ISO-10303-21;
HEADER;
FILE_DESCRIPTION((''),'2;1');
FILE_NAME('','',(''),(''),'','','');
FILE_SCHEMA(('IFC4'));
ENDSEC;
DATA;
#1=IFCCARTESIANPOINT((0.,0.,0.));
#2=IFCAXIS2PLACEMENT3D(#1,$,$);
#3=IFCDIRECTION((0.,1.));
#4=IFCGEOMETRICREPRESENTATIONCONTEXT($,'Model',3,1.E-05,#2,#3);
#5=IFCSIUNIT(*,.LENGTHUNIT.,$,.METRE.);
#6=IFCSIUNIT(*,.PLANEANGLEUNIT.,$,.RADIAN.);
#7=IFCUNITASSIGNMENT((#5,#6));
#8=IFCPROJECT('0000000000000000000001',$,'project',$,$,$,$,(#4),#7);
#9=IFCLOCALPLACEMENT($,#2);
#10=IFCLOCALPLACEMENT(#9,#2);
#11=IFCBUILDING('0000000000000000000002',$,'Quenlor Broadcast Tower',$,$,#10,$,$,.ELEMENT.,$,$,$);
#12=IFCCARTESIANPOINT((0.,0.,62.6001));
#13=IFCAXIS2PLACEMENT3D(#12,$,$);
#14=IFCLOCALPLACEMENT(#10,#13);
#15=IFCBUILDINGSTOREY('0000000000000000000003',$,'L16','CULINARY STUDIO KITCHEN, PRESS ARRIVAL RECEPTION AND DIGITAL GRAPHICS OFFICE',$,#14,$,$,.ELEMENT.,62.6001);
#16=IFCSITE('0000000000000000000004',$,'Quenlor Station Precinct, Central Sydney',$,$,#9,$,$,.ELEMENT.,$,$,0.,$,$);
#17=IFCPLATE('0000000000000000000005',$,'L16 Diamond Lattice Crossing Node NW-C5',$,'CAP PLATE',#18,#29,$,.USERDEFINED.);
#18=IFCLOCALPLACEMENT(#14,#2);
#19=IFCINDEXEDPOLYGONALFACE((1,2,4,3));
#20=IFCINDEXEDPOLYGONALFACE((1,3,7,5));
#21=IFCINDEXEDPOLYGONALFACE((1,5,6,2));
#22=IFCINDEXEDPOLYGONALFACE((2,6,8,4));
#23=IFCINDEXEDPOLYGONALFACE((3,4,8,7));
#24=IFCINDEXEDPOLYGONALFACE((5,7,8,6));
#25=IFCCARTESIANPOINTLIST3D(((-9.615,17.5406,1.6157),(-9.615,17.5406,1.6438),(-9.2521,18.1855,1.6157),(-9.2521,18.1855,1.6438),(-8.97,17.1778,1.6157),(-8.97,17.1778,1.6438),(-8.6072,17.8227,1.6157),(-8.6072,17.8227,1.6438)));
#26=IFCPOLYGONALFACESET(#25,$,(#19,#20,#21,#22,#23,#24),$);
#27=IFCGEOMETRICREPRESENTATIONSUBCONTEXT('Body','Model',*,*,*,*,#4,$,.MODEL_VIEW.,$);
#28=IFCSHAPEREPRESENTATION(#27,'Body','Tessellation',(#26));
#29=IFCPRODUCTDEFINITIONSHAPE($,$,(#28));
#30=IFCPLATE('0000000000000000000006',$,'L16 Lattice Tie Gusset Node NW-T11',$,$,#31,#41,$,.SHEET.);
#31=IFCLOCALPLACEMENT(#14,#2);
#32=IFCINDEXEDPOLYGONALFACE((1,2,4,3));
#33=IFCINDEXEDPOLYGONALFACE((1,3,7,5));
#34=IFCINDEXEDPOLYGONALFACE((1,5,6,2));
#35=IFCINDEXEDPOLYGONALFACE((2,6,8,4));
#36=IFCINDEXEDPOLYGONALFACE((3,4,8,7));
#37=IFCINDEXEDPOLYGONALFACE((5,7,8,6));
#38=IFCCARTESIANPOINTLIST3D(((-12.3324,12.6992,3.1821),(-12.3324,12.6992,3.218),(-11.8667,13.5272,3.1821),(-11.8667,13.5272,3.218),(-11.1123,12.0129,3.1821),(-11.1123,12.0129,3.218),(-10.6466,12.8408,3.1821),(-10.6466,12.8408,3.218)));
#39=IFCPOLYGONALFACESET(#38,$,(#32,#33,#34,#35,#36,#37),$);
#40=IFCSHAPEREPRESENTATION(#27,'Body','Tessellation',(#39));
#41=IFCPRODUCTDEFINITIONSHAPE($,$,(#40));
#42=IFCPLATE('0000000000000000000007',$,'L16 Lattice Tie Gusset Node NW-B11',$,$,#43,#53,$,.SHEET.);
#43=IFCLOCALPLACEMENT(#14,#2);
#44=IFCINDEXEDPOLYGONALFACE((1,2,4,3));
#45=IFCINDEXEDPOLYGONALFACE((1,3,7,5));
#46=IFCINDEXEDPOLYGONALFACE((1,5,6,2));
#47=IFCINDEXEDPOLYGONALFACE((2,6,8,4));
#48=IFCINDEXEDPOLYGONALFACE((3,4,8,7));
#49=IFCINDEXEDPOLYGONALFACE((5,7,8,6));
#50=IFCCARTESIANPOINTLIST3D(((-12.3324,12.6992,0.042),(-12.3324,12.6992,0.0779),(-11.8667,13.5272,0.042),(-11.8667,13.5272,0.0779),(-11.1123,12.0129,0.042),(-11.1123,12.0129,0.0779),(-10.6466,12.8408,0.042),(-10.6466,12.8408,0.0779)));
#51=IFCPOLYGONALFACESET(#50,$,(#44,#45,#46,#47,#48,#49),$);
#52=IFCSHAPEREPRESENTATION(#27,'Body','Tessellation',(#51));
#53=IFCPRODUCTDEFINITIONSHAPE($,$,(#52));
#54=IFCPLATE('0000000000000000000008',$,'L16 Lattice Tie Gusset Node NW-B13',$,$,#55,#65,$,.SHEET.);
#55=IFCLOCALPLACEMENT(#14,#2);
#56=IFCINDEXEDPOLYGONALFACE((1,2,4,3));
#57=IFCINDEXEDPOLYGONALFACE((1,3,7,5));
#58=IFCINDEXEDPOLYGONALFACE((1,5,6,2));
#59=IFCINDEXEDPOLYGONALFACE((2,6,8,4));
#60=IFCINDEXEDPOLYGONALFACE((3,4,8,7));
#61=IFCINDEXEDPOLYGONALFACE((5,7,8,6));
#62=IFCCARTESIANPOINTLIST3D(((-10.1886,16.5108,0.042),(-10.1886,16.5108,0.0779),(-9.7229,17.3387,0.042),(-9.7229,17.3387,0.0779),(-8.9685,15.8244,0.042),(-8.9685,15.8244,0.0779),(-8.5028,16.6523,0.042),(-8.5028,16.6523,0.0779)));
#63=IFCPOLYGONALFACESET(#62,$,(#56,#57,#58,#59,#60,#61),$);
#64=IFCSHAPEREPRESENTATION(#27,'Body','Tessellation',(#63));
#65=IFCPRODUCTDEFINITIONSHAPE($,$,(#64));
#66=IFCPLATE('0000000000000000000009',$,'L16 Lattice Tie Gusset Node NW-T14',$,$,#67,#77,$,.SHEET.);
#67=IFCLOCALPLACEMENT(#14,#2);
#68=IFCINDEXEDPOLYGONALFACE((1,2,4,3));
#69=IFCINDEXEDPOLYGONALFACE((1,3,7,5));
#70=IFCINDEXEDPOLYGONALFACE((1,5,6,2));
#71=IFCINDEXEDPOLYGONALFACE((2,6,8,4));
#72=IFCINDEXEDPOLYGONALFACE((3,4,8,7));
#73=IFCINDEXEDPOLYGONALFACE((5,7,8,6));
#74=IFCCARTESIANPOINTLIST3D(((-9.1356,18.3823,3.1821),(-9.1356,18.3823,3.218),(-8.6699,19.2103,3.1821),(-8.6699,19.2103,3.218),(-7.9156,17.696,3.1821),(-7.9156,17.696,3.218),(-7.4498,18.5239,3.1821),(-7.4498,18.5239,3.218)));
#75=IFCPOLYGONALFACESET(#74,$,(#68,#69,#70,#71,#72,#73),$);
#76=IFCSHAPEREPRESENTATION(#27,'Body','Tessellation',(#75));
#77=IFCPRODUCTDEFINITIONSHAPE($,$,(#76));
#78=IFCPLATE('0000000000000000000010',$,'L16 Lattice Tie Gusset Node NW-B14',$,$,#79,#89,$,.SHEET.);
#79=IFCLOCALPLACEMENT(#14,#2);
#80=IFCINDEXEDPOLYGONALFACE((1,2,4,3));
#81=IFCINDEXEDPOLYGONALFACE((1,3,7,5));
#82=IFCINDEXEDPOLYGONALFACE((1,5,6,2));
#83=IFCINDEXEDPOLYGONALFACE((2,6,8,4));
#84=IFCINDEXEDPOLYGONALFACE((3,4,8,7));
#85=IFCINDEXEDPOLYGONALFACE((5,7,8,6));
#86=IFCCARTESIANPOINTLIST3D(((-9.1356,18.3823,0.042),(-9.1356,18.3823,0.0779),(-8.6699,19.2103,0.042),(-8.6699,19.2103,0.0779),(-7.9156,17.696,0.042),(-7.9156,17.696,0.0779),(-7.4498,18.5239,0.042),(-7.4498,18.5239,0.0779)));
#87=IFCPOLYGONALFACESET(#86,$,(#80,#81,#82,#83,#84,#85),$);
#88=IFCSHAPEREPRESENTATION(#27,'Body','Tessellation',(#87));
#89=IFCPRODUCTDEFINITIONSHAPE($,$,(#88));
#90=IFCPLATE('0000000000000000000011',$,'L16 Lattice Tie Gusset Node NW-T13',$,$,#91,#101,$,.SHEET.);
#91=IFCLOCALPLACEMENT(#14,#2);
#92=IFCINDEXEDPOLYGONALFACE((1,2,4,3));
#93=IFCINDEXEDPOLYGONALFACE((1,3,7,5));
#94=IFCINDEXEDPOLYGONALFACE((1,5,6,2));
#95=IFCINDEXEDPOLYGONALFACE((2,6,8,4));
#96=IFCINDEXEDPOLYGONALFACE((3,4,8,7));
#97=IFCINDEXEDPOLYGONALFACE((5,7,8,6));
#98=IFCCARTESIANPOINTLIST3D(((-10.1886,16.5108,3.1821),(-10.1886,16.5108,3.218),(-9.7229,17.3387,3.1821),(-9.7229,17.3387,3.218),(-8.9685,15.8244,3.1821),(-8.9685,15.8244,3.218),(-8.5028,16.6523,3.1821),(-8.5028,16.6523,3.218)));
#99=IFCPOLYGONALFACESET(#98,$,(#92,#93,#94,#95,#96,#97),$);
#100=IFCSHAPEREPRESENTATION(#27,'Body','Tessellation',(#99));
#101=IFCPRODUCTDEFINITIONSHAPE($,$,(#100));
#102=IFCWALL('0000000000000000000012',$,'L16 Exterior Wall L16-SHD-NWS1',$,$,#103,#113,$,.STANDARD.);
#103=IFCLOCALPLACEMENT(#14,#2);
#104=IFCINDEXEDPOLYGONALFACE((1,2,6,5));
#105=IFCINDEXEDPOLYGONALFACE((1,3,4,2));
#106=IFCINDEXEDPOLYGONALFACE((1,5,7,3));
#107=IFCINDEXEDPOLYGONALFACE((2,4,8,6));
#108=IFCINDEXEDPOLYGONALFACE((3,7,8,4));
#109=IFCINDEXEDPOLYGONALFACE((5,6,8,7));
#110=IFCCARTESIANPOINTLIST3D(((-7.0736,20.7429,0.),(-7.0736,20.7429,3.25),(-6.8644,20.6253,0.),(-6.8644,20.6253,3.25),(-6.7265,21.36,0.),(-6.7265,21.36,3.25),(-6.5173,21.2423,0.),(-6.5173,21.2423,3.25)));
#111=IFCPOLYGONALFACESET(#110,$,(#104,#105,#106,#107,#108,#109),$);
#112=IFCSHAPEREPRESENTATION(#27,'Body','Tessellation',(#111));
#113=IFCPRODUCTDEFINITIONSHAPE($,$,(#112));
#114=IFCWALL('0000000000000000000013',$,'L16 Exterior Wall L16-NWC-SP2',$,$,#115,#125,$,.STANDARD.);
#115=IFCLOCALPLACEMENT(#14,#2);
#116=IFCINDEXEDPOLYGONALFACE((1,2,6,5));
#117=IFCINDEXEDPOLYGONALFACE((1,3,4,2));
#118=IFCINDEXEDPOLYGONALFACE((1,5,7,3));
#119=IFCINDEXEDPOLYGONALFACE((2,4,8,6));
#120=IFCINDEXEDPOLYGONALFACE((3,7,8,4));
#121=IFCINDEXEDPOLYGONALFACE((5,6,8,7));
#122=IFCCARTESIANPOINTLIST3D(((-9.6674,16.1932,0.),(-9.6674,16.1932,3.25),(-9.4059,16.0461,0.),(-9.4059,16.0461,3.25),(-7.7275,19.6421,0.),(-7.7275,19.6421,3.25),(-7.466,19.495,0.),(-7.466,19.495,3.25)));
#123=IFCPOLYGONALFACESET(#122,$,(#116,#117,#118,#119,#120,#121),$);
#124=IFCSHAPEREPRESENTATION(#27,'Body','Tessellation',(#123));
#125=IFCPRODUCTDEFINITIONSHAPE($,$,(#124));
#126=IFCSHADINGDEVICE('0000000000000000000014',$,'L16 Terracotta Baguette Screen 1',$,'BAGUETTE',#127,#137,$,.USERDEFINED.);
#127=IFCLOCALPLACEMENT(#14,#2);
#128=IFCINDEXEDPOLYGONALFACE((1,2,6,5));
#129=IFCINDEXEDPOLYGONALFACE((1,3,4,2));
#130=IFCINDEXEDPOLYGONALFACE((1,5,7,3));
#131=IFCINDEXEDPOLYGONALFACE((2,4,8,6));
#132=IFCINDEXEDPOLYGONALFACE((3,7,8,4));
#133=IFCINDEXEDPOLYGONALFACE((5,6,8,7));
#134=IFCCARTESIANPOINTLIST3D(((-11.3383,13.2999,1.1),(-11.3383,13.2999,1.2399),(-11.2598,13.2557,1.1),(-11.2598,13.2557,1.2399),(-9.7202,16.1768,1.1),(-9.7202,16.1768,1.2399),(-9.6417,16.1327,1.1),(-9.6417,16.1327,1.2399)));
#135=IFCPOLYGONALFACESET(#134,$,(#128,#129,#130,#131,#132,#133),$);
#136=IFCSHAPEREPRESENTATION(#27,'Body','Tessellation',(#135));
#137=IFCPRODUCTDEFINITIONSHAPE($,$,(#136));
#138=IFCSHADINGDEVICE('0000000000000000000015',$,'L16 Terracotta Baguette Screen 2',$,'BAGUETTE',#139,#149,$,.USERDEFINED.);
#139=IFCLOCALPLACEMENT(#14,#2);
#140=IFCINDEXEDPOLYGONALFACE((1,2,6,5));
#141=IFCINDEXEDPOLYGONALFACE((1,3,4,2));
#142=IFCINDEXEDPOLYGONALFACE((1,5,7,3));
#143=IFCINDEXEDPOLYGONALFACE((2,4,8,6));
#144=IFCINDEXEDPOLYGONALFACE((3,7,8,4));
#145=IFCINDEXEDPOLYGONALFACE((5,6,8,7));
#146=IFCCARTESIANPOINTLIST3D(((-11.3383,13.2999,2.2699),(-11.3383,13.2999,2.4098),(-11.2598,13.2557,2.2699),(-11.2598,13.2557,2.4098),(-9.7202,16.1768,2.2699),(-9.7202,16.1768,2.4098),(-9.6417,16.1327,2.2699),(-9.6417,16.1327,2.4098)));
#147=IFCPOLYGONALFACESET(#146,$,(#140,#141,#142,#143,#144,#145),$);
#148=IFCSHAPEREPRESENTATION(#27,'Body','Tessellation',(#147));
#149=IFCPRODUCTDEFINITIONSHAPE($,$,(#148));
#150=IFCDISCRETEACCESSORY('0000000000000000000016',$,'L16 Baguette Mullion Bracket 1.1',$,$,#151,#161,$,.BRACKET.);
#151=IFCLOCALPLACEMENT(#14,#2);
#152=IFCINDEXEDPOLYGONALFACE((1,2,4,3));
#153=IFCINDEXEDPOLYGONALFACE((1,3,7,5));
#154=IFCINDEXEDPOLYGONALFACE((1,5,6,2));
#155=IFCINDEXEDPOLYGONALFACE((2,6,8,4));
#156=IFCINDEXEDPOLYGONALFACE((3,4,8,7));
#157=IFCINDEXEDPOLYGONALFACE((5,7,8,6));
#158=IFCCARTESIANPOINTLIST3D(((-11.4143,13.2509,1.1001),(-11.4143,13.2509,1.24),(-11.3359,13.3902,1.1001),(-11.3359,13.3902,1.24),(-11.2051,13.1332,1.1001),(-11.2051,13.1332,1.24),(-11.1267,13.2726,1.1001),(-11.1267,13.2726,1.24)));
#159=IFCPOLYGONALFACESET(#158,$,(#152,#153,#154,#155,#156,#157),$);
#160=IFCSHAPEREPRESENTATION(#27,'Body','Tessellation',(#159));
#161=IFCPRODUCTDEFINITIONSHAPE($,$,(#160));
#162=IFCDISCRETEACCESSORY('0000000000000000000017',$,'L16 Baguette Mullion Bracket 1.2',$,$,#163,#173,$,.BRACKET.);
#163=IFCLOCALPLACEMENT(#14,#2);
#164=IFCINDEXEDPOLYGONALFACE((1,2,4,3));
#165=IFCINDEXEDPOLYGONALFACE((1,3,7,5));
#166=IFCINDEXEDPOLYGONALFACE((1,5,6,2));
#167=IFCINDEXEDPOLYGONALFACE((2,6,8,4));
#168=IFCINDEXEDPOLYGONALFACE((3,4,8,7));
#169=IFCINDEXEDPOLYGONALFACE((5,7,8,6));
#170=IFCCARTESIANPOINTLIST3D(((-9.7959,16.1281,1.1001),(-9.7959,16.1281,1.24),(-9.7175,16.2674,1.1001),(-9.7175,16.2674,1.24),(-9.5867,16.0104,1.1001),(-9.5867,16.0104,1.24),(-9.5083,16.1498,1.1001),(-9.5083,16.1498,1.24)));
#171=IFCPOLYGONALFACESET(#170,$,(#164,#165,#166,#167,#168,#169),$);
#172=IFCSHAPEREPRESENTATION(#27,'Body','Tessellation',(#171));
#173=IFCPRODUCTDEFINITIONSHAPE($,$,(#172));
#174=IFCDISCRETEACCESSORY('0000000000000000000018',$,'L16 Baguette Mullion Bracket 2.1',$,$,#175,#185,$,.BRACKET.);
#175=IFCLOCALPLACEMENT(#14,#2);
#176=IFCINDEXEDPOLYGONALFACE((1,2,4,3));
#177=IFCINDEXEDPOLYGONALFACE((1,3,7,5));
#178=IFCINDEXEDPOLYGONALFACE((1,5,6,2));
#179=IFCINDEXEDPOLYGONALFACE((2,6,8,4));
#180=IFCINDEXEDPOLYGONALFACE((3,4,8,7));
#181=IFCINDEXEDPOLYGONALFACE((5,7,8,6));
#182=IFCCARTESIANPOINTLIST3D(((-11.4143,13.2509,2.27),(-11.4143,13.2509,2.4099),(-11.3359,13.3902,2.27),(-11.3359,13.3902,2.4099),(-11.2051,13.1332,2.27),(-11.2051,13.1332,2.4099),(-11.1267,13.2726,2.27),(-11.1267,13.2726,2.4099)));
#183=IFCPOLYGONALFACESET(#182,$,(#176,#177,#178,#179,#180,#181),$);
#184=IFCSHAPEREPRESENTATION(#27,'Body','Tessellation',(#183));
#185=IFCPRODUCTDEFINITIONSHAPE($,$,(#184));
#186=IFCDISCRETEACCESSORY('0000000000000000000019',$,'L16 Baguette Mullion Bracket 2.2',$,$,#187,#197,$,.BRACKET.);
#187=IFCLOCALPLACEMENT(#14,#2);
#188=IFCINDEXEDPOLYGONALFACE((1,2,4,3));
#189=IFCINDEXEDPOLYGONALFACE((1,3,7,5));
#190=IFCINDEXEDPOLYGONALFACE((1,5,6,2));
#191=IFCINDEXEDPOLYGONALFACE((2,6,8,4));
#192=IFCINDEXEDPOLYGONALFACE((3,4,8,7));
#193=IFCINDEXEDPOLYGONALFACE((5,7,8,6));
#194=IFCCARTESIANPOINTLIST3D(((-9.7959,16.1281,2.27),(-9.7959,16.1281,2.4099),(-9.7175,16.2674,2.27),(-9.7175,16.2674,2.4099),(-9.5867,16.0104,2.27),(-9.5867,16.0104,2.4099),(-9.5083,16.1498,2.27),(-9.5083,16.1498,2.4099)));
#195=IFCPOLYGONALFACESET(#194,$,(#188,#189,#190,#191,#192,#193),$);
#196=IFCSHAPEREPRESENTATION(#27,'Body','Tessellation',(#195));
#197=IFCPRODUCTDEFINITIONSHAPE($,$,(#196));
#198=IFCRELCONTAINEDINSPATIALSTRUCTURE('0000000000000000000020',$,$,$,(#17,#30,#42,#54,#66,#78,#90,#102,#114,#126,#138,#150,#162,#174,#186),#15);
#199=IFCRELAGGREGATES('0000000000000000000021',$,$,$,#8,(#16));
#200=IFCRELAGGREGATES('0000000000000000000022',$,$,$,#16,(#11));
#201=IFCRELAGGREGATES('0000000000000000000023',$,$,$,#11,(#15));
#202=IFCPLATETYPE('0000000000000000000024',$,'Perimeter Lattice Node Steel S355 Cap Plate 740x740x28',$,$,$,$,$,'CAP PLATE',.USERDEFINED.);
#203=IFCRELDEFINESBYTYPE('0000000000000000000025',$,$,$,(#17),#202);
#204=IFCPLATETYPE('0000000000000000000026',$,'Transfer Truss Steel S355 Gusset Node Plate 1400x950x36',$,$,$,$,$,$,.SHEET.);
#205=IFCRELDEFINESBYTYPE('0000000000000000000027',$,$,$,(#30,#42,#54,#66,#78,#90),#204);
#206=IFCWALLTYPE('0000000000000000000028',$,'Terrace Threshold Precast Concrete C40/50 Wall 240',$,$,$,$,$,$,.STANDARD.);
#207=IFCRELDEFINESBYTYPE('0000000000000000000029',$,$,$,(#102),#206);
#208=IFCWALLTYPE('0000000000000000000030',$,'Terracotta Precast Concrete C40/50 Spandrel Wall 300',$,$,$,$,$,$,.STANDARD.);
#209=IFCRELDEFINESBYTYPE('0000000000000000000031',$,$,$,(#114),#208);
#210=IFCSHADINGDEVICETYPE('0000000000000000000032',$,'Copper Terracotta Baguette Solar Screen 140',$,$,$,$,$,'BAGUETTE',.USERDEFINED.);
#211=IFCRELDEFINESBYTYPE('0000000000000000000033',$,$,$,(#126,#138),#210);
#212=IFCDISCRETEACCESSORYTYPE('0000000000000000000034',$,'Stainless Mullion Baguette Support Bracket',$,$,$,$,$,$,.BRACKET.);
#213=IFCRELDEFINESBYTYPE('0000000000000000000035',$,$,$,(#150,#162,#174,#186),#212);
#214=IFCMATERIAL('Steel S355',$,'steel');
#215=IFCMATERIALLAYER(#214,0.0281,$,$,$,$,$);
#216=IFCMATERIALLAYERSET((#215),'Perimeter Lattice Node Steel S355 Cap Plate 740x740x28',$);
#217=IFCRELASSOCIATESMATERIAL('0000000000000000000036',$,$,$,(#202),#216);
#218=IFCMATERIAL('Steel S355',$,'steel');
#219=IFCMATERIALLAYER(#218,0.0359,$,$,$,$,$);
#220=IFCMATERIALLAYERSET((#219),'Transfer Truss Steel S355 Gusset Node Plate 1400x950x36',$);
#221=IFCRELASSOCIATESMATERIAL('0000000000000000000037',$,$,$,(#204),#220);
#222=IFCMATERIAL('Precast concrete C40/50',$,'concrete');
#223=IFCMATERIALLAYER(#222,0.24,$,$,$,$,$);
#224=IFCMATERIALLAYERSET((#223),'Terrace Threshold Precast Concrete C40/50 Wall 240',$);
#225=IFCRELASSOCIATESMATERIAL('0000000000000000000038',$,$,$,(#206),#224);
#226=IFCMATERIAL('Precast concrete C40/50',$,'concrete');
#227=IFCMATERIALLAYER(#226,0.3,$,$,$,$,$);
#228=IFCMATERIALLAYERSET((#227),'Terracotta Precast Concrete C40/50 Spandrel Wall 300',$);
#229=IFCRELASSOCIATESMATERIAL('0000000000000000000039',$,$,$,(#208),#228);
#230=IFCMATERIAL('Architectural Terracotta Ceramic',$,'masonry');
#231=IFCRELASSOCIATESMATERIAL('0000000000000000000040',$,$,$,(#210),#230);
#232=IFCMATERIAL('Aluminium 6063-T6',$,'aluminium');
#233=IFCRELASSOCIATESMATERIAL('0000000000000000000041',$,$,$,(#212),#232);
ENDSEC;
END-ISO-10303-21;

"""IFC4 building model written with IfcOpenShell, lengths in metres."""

from ifc_helpers import new_model, si_unit, direction, frame, frame_2d, origin, origin_2d, place, context, subcontext, project, spatial, rectangle, extrude, material, layer, layer_set, material_profile, profile_set, type_object, element, save


model = new_model("IFC4")

# Units and contexts
model_context = context("Model", 3, precision=1e-05, world=origin(), true_north=direction((0.0, 1.0)))
body_context = subcontext(model_context, "Body", "Model", "MODEL_VIEW")
ifc_project = project(units=[si_unit("LENGTHUNIT", "METRE"), si_unit("PLANEANGLEUNIT", "RADIAN")], contexts=[model_context])

# Site, building, storey
site_placement = place(None, origin())
site = spatial("IfcSite", under=ifc_project, at=site_placement, Name="Quenlor Station Precinct, Central Sydney", CompositionType="ELEMENT", RefElevation=0.0)
building_placement = place(site_placement, origin())
building = spatial("IfcBuilding", under=site, at=building_placement, Name="Quenlor Broadcast Tower", CompositionType="ELEMENT")
storey_placement = place(building_placement, frame((0.0, 0.0, 62.6001)))
storey = spatial("IfcBuildingStorey", under=building, at=storey_placement, Name="L16", Description="CULINARY STUDIO KITCHEN, PRESS ARRIVAL RECEPTION AND DIGITAL GRAPHICS OFFICE", CompositionType="ELEMENT", Elevation=62.6001)

# Plates
ifc_material_1 = material(Name="Steel S355", Category="steel")
ifc_layer_1 = layer(ifc_material_1, 0.0281)
ifc_layer_set_1 = layer_set([ifc_layer_1], Name="Perimeter Lattice Node Steel S355 Cap Plate 740x740x28")
plate_type_1 = type_object("IfcPlateType", Name="Perimeter Lattice Node Steel S355 Cap Plate 740x740x28", ElementType="CAP PLATE", PredefinedType="USERDEFINED", material=ifc_layer_set_1)
for number, where, z_axis, x_axis, name in (
    (1, (-9.1111, 17.6816, 1.6157), (0.0, 0.0, 1.0), (0.490295, 0.871556, 0.0), "L16 Diamond Lattice Crossing Node NW-C5"),
):
    element("IfcPlate", number, at=place(storey_placement, frame(where, z_axis=z_axis, x_axis=x_axis)), inside=storey, type_object=plate_type_1, Name=name, ObjectType="CAP PLATE", PredefinedType="USERDEFINED", context=body_context, shape_type="SweptSolid", body=[
        extrude(rectangle(XDim=0.74, YDim=0.74, at=origin_2d()), origin(), (0.0, 0.0, 1.0), 0.0281),
    ])
ifc_material_2 = material(Name="Steel S355", Category="steel")
ifc_layer_2 = layer(ifc_material_2, 0.0359)
ifc_layer_set_2 = layer_set([ifc_layer_2], Name="Transfer Truss Steel S355 Gusset Node Plate 1400x950x36")
plate_type_2 = type_object("IfcPlateType", Name="Transfer Truss Steel S355 Gusset Node Plate 1400x950x36", PredefinedType="SHEET", material=ifc_layer_set_2)
for number, where, z_axis, x_axis, name in (
    (2, (-11.4895, 12.77, 3.1821), (0.0, 0.0, 1.0), (-0.871556, 0.490295, 0.0), "L16 Lattice Tie Gusset Node NW-T11"),
    (3, (-11.4895, 12.77, 0.042), (0.0, 0.0, 1.0), (-0.871556, 0.490295, 0.0), "L16 Lattice Tie Gusset Node NW-B11"),
    (4, (-9.3457, 16.5815, 0.042), (0.0, 0.0, 1.0), (-0.871556, 0.490295, 0.0), "L16 Lattice Tie Gusset Node NW-B13"),
    (5, (-8.2927, 18.4531, 3.1821), (0.0, 0.0, 1.0), (-0.871556, 0.490295, 0.0), "L16 Lattice Tie Gusset Node NW-T14"),
    (6, (-8.2927, 18.4531, 0.042), (0.0, 0.0, 1.0), (-0.871556, 0.490295, 0.0), "L16 Lattice Tie Gusset Node NW-B14"),
    (7, (-9.3457, 16.5815, 3.1821), (0.0, 0.0, 1.0), (-0.871556, 0.490295, 0.0), "L16 Lattice Tie Gusset Node NW-T13"),
):
    element("IfcPlate", number, at=place(storey_placement, frame(where, z_axis=z_axis, x_axis=x_axis)), inside=storey, type_object=plate_type_2, Name=name, PredefinedType="SHEET", context=body_context, shape_type="SweptSolid", body=[
        extrude(rectangle(XDim=1.3999, YDim=0.95, at=origin_2d()), origin(), (0.0, 0.0, 1.0), 0.0359),
    ])

# Walls
ifc_material_3 = material(Name="Precast concrete C40/50", Category="concrete")
ifc_layer_3 = layer(ifc_material_3, 0.24)
ifc_layer_set_3 = layer_set([ifc_layer_3], Name="Terrace Threshold Precast Concrete C40/50 Wall 240")
wall_type_1 = type_object("IfcWallType", Name="Terrace Threshold Precast Concrete C40/50 Wall 240", PredefinedType="STANDARD", material=ifc_layer_set_3)
wall_1_placement = place(storey_placement, frame((-6.969, 20.6841, 0.0), z_axis=(0.0, 0.0, 1.0), x_axis=(0.490261, 0.871576, 0.0)))
element("IfcWall", 8, at=wall_1_placement, inside=storey, type_object=wall_type_1, Name="L16 Exterior Wall L16-SHD-NWS1", PredefinedType="STANDARD", context=body_context, shape_type="SweptSolid", body=[
    extrude(rectangle(XDim=0.708, YDim=0.24, at=frame_2d((0.354, 0.0))), origin(), (0.0, 0.0, 1.0), 3.25),
])
ifc_material_4 = material(Name="Precast concrete C40/50", Category="concrete")
ifc_layer_4 = layer(ifc_material_4, 0.3)
ifc_layer_set_4 = layer_set([ifc_layer_4], Name="Terracotta Precast Concrete C40/50 Spandrel Wall 300")
wall_type_2 = type_object("IfcWallType", Name="Terracotta Precast Concrete C40/50 Spandrel Wall 300", PredefinedType="STANDARD", material=ifc_layer_set_4)
wall_2_placement = place(storey_placement, frame((-9.5366, 16.1196, 0.0), z_axis=(0.0, 0.0, 1.0), x_axis=(0.490241, 0.871587, 0.0)))
element("IfcWall", 9, at=wall_2_placement, inside=storey, type_object=wall_type_2, Name="L16 Exterior Wall L16-NWC-SP2", PredefinedType="STANDARD", context=body_context, shape_type="SweptSolid", body=[
    extrude(rectangle(XDim=3.957, YDim=0.3, at=frame_2d((1.9785, 0.0))), origin(), (0.0, 0.0, 1.0), 3.25),
])

# Shading devices
ifc_material_5 = material(Name="Architectural Terracotta Ceramic", Category="masonry")
ifc_material_profile_1 = material_profile(ifc_material_5, rectangle(XDim=0.0901, YDim=0.1399, at=origin_2d()))
ifc_profile_set_1 = profile_set([ifc_material_profile_1], Name="Architectural Terracotta Ceramic BAG90x140")
shading_device_type = type_object("IfcShadingDeviceType", Name="Copper Terracotta Baguette Solar Screen 140", ElementType="BAGUETTE", PredefinedType="USERDEFINED", material=ifc_profile_set_1)
for number, where, z_axis, x_axis, name in (
    (10, (-11.2991, 13.2778, 1.1699), (0.490233, 0.871591, 0.0), (-0.871591, 0.490233, 0.0), "L16 Terracotta Baguette Screen 1"),
    (11, (-11.2991, 13.2778, 2.3398), (0.490233, 0.871591, 0.0), (-0.871591, 0.490233, 0.0), "L16 Terracotta Baguette Screen 2"),
):
    element("IfcShadingDevice", number, at=place(storey_placement, frame(where, z_axis=z_axis, x_axis=x_axis)), inside=storey, type_object=shading_device_type, Name=name, ObjectType="BAGUETTE", PredefinedType="USERDEFINED", context=body_context, shape_type="SweptSolid", body=[
        extrude(rectangle(XDim=0.0901, YDim=0.1399, at=origin_2d()), origin(), (0.0, 0.0, 1.0), 3.3008),
    ])

# Discrete accessories
ifc_material_6 = material(Name="Aluminium 6063-T6", Category="aluminium")
discrete_accessory_type = type_object("IfcDiscreteAccessoryType", Name="Stainless Mullion Baguette Support Bracket", PredefinedType="BRACKET", material=ifc_material_6)
for number, where, z_axis, x_axis, name in (
    (12, (-11.2705, 13.2617, 1.1001), (0.0, 0.0, 1.0), (0.490244, 0.871585, 0.0), "L16 Baguette Mullion Bracket 1.1"),
    (13, (-9.6521, 16.1389, 1.1001), (0.0, 0.0, 1.0), (0.490244, 0.871585, 0.0), "L16 Baguette Mullion Bracket 1.2"),
    (14, (-11.2705, 13.2617, 2.27), (0.0, 0.0, 1.0), (0.490244, 0.871585, 0.0), "L16 Baguette Mullion Bracket 2.1"),
    (15, (-9.6521, 16.1389, 2.27), (0.0, 0.0, 1.0), (0.490244, 0.871585, 0.0), "L16 Baguette Mullion Bracket 2.2"),
):
    element("IfcDiscreteAccessory", number, at=place(storey_placement, frame(where, z_axis=z_axis, x_axis=x_axis)), inside=storey, type_object=discrete_accessory_type, Name=name, PredefinedType="BRACKET", context=body_context, shape_type="SweptSolid", body=[
        extrude(rectangle(XDim=0.1599, YDim=0.24, at=origin_2d()), origin(), (0.0, 0.0, 1.0), 0.1399),
    ])

save(model, "model.ifc")
